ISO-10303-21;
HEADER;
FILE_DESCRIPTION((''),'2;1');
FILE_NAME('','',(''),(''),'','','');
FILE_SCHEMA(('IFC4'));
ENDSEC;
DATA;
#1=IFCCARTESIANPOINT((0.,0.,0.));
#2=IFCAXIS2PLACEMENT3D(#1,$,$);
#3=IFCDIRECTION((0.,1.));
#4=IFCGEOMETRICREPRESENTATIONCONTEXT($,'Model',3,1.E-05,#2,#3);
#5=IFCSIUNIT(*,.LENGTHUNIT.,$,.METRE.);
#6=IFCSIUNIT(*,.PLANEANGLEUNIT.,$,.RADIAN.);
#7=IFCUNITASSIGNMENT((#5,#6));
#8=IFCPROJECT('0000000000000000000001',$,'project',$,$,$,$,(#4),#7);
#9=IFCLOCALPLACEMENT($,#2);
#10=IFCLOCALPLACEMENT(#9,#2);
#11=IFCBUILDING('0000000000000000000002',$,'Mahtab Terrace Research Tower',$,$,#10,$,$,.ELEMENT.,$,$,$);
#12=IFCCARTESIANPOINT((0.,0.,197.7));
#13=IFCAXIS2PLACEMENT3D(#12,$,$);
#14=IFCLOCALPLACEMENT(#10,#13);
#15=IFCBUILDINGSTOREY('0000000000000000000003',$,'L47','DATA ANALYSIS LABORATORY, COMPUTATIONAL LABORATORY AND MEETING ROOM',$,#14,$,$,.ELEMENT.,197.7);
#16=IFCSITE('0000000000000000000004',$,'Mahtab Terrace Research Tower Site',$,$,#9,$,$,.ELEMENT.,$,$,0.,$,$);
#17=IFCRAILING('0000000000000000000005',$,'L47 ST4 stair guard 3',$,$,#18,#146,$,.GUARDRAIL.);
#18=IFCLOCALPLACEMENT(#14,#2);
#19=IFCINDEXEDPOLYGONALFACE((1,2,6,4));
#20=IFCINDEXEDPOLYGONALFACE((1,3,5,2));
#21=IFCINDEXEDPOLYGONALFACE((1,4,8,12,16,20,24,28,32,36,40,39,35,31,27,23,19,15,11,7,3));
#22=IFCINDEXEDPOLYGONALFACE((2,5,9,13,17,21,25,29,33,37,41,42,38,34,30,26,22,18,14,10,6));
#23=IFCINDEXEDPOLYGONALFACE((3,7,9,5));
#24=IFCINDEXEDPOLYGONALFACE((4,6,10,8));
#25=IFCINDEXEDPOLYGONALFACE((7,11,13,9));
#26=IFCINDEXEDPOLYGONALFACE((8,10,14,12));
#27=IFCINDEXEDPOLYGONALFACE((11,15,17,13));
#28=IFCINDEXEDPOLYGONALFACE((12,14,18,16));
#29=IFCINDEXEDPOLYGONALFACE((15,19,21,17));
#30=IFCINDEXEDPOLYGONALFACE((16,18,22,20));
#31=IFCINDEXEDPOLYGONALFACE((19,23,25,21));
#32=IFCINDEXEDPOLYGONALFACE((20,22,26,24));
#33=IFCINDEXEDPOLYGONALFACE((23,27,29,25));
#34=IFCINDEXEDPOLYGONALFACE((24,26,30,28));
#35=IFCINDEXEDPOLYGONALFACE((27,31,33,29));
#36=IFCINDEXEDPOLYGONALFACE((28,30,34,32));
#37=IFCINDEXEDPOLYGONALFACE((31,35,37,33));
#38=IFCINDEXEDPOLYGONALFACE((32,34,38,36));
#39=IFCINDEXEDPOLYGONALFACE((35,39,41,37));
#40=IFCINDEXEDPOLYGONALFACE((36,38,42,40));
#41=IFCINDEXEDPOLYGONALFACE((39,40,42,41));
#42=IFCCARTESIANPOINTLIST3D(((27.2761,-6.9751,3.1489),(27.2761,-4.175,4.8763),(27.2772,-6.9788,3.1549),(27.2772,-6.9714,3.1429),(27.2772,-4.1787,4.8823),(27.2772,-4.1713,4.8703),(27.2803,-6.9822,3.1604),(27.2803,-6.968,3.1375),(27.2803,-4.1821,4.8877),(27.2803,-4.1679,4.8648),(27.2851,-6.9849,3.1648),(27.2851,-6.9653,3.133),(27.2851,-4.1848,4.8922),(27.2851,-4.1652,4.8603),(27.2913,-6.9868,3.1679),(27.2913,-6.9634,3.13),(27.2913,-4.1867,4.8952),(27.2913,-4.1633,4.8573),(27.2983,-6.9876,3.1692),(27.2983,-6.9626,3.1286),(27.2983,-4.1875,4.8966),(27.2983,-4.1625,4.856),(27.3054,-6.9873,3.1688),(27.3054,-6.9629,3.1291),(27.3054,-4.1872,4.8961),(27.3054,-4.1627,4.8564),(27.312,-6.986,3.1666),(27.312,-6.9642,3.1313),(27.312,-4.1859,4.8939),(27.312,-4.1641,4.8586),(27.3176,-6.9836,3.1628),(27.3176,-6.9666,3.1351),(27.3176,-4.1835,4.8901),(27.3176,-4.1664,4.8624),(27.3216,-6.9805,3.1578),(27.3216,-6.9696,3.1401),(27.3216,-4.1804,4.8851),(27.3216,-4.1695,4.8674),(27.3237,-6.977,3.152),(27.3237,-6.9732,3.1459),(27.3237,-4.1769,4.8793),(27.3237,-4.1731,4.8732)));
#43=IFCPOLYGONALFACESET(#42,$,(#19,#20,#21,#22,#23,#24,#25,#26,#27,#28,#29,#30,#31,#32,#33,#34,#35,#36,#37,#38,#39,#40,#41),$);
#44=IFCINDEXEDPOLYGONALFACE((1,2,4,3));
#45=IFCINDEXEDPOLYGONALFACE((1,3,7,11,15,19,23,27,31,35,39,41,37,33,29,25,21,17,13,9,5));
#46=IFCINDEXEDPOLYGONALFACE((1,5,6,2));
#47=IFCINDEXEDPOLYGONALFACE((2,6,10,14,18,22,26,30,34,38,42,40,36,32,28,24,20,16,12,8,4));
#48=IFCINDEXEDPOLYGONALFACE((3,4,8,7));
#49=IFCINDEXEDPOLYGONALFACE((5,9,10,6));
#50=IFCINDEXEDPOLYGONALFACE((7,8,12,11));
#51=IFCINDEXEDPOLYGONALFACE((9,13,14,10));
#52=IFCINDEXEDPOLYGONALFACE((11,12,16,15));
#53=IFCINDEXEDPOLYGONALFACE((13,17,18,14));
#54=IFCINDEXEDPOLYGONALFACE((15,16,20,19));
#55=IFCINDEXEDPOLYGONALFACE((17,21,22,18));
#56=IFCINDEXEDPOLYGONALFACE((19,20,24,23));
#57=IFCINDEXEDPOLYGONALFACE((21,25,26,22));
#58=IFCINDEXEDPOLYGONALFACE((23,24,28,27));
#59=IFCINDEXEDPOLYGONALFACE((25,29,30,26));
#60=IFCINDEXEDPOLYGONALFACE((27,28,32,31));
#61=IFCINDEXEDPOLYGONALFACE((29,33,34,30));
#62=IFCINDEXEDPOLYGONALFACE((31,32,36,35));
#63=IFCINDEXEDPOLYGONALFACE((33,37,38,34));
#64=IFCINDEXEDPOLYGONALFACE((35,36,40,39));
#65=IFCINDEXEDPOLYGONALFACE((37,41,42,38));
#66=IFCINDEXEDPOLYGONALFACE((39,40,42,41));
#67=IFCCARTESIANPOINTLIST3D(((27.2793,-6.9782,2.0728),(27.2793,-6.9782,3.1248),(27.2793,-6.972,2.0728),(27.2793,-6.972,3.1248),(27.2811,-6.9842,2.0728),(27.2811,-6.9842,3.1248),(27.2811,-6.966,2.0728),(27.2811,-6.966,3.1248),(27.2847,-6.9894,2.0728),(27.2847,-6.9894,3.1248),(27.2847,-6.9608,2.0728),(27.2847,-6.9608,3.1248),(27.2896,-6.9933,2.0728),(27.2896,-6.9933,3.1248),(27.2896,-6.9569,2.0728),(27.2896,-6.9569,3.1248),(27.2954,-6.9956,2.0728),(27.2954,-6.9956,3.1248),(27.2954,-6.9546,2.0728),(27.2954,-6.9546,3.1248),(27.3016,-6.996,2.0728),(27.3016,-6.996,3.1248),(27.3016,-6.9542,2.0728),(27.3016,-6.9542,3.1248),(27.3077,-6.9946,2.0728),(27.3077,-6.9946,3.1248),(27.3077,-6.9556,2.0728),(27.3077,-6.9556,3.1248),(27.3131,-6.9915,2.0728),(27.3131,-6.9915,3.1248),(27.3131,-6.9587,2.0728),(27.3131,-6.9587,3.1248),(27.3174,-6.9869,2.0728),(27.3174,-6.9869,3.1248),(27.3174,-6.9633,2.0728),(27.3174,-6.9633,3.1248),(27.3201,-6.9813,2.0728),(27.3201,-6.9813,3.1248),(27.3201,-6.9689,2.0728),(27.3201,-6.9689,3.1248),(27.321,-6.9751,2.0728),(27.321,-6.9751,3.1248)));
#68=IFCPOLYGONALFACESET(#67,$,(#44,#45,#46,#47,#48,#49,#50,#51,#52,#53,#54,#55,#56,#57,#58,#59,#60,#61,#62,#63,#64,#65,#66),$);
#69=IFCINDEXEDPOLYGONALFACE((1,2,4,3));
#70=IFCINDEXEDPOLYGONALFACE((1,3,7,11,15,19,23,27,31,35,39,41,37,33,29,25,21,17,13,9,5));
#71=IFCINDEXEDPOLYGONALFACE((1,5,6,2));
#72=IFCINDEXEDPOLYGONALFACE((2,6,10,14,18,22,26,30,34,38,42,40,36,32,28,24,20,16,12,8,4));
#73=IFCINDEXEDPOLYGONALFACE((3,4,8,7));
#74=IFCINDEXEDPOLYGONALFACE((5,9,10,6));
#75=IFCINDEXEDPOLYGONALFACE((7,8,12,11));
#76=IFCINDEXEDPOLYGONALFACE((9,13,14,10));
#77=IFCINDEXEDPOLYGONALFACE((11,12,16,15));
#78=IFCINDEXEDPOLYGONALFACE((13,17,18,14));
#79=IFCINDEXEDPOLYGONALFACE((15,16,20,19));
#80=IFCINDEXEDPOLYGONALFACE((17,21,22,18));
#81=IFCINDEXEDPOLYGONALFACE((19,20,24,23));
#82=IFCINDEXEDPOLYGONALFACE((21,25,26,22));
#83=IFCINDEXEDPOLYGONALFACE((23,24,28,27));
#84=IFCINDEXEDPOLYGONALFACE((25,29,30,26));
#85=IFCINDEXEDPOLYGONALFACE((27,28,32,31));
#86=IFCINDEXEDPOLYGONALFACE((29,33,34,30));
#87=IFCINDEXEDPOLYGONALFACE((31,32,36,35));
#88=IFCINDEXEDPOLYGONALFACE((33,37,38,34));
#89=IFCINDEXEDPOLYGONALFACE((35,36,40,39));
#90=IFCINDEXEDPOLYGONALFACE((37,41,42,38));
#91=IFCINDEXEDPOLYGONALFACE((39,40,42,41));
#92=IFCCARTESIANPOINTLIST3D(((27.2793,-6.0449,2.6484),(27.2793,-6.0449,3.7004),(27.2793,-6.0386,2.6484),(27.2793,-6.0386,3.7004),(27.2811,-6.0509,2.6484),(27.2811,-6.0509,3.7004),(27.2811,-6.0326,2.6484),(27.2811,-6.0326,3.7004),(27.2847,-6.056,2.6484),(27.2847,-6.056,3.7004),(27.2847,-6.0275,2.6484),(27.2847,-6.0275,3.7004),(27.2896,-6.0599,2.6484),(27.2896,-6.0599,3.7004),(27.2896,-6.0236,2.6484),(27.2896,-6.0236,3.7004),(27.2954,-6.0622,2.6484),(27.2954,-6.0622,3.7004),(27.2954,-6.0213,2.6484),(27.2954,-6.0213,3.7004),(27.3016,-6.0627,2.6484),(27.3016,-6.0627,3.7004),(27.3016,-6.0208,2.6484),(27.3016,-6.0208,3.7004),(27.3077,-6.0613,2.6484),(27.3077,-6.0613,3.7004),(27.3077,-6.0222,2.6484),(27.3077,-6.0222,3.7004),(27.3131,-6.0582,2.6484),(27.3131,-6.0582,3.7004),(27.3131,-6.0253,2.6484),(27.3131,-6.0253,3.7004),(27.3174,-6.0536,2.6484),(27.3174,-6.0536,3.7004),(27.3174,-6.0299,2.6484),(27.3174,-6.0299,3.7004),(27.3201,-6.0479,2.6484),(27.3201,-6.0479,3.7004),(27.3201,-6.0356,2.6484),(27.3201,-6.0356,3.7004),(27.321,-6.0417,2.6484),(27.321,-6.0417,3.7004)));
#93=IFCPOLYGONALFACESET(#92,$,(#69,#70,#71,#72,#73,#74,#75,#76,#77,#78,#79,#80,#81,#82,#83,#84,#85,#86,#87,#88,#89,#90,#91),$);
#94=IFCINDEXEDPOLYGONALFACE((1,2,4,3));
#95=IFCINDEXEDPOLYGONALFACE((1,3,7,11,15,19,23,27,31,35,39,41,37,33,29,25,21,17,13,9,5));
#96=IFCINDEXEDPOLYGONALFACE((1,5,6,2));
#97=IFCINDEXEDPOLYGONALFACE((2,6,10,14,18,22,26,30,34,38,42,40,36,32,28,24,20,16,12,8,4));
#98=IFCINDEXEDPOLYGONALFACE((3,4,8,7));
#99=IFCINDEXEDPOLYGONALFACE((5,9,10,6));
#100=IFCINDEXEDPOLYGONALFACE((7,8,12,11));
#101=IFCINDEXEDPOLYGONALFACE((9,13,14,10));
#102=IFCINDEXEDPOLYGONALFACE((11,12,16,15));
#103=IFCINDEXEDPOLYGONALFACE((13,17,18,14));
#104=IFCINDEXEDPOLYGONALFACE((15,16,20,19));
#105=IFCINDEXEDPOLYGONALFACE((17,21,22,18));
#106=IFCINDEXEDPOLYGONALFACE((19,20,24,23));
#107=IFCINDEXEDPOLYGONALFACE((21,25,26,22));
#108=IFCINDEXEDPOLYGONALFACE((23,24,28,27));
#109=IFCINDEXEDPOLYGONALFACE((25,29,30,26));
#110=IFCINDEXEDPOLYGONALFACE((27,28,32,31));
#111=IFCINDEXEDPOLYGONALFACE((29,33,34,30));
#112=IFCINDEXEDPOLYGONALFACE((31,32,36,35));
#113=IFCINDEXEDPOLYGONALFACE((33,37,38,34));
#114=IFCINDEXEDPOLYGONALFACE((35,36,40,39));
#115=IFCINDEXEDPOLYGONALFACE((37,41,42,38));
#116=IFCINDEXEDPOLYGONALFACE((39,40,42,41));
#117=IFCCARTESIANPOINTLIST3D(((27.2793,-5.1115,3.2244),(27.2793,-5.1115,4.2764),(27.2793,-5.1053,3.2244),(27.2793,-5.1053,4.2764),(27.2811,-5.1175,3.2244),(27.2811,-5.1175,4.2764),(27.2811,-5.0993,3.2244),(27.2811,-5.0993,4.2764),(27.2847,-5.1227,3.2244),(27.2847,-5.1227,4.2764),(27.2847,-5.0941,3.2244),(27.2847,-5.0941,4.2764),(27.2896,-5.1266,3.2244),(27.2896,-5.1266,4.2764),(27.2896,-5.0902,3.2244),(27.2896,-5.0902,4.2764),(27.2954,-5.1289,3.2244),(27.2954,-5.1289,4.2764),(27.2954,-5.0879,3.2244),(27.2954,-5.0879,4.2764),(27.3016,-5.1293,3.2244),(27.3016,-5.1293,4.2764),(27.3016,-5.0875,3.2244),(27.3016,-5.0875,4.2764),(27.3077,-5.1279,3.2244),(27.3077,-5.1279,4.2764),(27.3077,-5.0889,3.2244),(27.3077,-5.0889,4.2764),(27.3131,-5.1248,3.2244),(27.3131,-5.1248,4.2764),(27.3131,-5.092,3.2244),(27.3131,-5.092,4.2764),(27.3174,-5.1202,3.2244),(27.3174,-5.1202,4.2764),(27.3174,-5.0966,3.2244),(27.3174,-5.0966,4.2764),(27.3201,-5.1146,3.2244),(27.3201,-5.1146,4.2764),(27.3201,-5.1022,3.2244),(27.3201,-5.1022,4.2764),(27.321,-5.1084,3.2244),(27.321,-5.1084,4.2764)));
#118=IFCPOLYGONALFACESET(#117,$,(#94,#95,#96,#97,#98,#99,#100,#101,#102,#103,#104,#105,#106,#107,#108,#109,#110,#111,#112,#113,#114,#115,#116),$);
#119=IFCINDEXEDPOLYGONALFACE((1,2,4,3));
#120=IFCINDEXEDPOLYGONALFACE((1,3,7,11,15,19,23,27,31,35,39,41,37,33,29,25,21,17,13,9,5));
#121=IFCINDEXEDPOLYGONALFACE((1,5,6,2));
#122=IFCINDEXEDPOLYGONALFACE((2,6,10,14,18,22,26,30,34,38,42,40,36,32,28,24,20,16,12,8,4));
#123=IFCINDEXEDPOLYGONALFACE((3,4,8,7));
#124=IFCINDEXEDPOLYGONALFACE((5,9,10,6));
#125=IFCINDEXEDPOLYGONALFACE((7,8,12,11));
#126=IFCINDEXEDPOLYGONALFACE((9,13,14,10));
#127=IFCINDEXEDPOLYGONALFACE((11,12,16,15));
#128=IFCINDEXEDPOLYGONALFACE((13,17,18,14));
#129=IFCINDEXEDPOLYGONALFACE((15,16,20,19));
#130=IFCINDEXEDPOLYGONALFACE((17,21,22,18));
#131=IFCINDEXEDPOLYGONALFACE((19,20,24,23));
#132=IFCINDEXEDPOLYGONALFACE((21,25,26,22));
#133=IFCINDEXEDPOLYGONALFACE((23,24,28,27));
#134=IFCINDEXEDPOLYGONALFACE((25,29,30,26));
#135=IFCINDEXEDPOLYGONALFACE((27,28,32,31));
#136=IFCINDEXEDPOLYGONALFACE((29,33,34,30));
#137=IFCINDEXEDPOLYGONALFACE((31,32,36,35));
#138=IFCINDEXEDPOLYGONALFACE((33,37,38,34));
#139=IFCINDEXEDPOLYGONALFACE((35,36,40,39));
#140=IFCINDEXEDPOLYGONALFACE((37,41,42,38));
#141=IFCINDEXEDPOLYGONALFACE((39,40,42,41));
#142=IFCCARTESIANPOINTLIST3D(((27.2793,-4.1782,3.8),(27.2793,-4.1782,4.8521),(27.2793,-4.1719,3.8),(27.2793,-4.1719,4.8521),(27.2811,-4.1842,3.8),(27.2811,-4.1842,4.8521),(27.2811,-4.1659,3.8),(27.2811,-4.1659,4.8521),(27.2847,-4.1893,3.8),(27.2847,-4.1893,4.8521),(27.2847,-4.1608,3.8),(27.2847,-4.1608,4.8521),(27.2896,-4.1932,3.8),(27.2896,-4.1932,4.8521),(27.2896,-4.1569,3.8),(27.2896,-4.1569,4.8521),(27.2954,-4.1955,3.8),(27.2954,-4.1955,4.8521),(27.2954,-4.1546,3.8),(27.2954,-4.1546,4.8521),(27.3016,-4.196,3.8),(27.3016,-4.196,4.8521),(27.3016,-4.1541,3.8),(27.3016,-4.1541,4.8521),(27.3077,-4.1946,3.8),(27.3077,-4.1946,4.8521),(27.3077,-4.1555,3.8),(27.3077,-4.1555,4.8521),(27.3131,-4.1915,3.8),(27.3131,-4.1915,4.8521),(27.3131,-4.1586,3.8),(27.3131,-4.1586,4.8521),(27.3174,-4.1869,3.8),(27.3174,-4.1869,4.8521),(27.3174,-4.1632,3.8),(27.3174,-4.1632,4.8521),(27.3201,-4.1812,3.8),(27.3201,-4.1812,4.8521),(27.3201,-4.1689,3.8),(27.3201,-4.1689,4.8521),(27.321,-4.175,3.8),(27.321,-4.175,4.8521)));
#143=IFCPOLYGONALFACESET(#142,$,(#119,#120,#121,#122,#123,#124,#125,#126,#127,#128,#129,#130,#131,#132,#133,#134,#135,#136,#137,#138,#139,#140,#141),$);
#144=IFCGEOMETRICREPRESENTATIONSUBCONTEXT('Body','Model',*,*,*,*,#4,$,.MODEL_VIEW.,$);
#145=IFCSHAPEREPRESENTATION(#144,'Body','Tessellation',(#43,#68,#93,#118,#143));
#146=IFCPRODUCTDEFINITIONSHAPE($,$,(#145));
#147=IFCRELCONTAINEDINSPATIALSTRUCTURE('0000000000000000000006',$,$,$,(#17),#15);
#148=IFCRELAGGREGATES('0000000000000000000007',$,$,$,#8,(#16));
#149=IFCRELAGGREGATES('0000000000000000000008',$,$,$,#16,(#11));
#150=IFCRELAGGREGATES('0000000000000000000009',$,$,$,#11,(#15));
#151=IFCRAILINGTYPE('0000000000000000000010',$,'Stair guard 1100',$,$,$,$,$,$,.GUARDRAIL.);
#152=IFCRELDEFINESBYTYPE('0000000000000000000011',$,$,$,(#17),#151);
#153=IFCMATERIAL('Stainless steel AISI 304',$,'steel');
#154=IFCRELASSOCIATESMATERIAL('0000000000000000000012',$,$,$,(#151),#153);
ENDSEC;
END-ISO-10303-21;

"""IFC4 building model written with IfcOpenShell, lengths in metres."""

from ifc_helpers import new_model, si_unit, direction, frame, origin, origin_2d, place, context, subcontext, project, spatial, circle, extrude, material, type_object, element, save


model = new_model("IFC4")

# Units and contexts
model_context = context("Model", 3, precision=1e-05, world=origin(), true_north=direction((0.0, 1.0)))
body_context = subcontext(model_context, "Body", "Model", "MODEL_VIEW")
ifc_project = project(units=[si_unit("LENGTHUNIT", "METRE"), si_unit("PLANEANGLEUNIT", "RADIAN")], contexts=[model_context])

# Site, building, storey
site_placement = place(None, origin())
site = spatial("IfcSite", under=ifc_project, at=site_placement, Name="Mahtab Terrace Research Tower Site", CompositionType="ELEMENT", RefElevation=0.0)
building_placement = place(site_placement, origin())
building = spatial("IfcBuilding", under=site, at=building_placement, Name="Mahtab Terrace Research Tower", CompositionType="ELEMENT")
storey_placement = place(building_placement, frame((0.0, 0.0, 197.7)))
storey = spatial("IfcBuildingStorey", under=building, at=storey_placement, Name="L47", Description="DATA ANALYSIS LABORATORY, COMPUTATIONAL LABORATORY AND MEETING ROOM", CompositionType="ELEMENT", Elevation=197.7)

# Railing
ifc_material_1 = material(Name="Stainless steel AISI 304", Category="steel")
railing_type_1 = type_object("IfcRailingType", Name="Stair guard 1100", PredefinedType="GUARDRAIL", material=ifc_material_1)
railing_1_placement = place(storey_placement, frame((27.3, -6.9751, 2.0728)))
element("IfcRailing", 1, at=railing_1_placement, inside=storey, type_object=railing_type_1, Name="L47 ST4 stair guard 3", PredefinedType="GUARDRAIL", context=body_context, shape_type="SweptSolid", body=[
    extrude(circle(Radius=0.0239, at=origin_2d()), frame((0.0, 0.0, 1.0762), z_axis=(0.0, 0.85109, 0.52502), x_axis=(-1.0, 0.0, 0.0)), (0.0, 0.0, 1.0), 3.29),
    extrude(circle(Radius=0.021, at=origin_2d()), origin(), (0.0, 0.0, 1.0), 1.052),
    extrude(circle(Radius=0.021, at=origin_2d()), frame((0.0, 0.9333, 0.5757)), (0.0, 0.0, 1.0), 1.052),
    extrude(circle(Radius=0.021, at=origin_2d()), frame((0.0, 1.8667, 1.1516)), (0.0, 0.0, 1.0), 1.052),
    extrude(circle(Radius=0.021, at=origin_2d()), frame((0.0, 2.8, 1.7273)), (0.0, 0.0, 1.0), 1.052),
])

save(model, "model.ifc")
